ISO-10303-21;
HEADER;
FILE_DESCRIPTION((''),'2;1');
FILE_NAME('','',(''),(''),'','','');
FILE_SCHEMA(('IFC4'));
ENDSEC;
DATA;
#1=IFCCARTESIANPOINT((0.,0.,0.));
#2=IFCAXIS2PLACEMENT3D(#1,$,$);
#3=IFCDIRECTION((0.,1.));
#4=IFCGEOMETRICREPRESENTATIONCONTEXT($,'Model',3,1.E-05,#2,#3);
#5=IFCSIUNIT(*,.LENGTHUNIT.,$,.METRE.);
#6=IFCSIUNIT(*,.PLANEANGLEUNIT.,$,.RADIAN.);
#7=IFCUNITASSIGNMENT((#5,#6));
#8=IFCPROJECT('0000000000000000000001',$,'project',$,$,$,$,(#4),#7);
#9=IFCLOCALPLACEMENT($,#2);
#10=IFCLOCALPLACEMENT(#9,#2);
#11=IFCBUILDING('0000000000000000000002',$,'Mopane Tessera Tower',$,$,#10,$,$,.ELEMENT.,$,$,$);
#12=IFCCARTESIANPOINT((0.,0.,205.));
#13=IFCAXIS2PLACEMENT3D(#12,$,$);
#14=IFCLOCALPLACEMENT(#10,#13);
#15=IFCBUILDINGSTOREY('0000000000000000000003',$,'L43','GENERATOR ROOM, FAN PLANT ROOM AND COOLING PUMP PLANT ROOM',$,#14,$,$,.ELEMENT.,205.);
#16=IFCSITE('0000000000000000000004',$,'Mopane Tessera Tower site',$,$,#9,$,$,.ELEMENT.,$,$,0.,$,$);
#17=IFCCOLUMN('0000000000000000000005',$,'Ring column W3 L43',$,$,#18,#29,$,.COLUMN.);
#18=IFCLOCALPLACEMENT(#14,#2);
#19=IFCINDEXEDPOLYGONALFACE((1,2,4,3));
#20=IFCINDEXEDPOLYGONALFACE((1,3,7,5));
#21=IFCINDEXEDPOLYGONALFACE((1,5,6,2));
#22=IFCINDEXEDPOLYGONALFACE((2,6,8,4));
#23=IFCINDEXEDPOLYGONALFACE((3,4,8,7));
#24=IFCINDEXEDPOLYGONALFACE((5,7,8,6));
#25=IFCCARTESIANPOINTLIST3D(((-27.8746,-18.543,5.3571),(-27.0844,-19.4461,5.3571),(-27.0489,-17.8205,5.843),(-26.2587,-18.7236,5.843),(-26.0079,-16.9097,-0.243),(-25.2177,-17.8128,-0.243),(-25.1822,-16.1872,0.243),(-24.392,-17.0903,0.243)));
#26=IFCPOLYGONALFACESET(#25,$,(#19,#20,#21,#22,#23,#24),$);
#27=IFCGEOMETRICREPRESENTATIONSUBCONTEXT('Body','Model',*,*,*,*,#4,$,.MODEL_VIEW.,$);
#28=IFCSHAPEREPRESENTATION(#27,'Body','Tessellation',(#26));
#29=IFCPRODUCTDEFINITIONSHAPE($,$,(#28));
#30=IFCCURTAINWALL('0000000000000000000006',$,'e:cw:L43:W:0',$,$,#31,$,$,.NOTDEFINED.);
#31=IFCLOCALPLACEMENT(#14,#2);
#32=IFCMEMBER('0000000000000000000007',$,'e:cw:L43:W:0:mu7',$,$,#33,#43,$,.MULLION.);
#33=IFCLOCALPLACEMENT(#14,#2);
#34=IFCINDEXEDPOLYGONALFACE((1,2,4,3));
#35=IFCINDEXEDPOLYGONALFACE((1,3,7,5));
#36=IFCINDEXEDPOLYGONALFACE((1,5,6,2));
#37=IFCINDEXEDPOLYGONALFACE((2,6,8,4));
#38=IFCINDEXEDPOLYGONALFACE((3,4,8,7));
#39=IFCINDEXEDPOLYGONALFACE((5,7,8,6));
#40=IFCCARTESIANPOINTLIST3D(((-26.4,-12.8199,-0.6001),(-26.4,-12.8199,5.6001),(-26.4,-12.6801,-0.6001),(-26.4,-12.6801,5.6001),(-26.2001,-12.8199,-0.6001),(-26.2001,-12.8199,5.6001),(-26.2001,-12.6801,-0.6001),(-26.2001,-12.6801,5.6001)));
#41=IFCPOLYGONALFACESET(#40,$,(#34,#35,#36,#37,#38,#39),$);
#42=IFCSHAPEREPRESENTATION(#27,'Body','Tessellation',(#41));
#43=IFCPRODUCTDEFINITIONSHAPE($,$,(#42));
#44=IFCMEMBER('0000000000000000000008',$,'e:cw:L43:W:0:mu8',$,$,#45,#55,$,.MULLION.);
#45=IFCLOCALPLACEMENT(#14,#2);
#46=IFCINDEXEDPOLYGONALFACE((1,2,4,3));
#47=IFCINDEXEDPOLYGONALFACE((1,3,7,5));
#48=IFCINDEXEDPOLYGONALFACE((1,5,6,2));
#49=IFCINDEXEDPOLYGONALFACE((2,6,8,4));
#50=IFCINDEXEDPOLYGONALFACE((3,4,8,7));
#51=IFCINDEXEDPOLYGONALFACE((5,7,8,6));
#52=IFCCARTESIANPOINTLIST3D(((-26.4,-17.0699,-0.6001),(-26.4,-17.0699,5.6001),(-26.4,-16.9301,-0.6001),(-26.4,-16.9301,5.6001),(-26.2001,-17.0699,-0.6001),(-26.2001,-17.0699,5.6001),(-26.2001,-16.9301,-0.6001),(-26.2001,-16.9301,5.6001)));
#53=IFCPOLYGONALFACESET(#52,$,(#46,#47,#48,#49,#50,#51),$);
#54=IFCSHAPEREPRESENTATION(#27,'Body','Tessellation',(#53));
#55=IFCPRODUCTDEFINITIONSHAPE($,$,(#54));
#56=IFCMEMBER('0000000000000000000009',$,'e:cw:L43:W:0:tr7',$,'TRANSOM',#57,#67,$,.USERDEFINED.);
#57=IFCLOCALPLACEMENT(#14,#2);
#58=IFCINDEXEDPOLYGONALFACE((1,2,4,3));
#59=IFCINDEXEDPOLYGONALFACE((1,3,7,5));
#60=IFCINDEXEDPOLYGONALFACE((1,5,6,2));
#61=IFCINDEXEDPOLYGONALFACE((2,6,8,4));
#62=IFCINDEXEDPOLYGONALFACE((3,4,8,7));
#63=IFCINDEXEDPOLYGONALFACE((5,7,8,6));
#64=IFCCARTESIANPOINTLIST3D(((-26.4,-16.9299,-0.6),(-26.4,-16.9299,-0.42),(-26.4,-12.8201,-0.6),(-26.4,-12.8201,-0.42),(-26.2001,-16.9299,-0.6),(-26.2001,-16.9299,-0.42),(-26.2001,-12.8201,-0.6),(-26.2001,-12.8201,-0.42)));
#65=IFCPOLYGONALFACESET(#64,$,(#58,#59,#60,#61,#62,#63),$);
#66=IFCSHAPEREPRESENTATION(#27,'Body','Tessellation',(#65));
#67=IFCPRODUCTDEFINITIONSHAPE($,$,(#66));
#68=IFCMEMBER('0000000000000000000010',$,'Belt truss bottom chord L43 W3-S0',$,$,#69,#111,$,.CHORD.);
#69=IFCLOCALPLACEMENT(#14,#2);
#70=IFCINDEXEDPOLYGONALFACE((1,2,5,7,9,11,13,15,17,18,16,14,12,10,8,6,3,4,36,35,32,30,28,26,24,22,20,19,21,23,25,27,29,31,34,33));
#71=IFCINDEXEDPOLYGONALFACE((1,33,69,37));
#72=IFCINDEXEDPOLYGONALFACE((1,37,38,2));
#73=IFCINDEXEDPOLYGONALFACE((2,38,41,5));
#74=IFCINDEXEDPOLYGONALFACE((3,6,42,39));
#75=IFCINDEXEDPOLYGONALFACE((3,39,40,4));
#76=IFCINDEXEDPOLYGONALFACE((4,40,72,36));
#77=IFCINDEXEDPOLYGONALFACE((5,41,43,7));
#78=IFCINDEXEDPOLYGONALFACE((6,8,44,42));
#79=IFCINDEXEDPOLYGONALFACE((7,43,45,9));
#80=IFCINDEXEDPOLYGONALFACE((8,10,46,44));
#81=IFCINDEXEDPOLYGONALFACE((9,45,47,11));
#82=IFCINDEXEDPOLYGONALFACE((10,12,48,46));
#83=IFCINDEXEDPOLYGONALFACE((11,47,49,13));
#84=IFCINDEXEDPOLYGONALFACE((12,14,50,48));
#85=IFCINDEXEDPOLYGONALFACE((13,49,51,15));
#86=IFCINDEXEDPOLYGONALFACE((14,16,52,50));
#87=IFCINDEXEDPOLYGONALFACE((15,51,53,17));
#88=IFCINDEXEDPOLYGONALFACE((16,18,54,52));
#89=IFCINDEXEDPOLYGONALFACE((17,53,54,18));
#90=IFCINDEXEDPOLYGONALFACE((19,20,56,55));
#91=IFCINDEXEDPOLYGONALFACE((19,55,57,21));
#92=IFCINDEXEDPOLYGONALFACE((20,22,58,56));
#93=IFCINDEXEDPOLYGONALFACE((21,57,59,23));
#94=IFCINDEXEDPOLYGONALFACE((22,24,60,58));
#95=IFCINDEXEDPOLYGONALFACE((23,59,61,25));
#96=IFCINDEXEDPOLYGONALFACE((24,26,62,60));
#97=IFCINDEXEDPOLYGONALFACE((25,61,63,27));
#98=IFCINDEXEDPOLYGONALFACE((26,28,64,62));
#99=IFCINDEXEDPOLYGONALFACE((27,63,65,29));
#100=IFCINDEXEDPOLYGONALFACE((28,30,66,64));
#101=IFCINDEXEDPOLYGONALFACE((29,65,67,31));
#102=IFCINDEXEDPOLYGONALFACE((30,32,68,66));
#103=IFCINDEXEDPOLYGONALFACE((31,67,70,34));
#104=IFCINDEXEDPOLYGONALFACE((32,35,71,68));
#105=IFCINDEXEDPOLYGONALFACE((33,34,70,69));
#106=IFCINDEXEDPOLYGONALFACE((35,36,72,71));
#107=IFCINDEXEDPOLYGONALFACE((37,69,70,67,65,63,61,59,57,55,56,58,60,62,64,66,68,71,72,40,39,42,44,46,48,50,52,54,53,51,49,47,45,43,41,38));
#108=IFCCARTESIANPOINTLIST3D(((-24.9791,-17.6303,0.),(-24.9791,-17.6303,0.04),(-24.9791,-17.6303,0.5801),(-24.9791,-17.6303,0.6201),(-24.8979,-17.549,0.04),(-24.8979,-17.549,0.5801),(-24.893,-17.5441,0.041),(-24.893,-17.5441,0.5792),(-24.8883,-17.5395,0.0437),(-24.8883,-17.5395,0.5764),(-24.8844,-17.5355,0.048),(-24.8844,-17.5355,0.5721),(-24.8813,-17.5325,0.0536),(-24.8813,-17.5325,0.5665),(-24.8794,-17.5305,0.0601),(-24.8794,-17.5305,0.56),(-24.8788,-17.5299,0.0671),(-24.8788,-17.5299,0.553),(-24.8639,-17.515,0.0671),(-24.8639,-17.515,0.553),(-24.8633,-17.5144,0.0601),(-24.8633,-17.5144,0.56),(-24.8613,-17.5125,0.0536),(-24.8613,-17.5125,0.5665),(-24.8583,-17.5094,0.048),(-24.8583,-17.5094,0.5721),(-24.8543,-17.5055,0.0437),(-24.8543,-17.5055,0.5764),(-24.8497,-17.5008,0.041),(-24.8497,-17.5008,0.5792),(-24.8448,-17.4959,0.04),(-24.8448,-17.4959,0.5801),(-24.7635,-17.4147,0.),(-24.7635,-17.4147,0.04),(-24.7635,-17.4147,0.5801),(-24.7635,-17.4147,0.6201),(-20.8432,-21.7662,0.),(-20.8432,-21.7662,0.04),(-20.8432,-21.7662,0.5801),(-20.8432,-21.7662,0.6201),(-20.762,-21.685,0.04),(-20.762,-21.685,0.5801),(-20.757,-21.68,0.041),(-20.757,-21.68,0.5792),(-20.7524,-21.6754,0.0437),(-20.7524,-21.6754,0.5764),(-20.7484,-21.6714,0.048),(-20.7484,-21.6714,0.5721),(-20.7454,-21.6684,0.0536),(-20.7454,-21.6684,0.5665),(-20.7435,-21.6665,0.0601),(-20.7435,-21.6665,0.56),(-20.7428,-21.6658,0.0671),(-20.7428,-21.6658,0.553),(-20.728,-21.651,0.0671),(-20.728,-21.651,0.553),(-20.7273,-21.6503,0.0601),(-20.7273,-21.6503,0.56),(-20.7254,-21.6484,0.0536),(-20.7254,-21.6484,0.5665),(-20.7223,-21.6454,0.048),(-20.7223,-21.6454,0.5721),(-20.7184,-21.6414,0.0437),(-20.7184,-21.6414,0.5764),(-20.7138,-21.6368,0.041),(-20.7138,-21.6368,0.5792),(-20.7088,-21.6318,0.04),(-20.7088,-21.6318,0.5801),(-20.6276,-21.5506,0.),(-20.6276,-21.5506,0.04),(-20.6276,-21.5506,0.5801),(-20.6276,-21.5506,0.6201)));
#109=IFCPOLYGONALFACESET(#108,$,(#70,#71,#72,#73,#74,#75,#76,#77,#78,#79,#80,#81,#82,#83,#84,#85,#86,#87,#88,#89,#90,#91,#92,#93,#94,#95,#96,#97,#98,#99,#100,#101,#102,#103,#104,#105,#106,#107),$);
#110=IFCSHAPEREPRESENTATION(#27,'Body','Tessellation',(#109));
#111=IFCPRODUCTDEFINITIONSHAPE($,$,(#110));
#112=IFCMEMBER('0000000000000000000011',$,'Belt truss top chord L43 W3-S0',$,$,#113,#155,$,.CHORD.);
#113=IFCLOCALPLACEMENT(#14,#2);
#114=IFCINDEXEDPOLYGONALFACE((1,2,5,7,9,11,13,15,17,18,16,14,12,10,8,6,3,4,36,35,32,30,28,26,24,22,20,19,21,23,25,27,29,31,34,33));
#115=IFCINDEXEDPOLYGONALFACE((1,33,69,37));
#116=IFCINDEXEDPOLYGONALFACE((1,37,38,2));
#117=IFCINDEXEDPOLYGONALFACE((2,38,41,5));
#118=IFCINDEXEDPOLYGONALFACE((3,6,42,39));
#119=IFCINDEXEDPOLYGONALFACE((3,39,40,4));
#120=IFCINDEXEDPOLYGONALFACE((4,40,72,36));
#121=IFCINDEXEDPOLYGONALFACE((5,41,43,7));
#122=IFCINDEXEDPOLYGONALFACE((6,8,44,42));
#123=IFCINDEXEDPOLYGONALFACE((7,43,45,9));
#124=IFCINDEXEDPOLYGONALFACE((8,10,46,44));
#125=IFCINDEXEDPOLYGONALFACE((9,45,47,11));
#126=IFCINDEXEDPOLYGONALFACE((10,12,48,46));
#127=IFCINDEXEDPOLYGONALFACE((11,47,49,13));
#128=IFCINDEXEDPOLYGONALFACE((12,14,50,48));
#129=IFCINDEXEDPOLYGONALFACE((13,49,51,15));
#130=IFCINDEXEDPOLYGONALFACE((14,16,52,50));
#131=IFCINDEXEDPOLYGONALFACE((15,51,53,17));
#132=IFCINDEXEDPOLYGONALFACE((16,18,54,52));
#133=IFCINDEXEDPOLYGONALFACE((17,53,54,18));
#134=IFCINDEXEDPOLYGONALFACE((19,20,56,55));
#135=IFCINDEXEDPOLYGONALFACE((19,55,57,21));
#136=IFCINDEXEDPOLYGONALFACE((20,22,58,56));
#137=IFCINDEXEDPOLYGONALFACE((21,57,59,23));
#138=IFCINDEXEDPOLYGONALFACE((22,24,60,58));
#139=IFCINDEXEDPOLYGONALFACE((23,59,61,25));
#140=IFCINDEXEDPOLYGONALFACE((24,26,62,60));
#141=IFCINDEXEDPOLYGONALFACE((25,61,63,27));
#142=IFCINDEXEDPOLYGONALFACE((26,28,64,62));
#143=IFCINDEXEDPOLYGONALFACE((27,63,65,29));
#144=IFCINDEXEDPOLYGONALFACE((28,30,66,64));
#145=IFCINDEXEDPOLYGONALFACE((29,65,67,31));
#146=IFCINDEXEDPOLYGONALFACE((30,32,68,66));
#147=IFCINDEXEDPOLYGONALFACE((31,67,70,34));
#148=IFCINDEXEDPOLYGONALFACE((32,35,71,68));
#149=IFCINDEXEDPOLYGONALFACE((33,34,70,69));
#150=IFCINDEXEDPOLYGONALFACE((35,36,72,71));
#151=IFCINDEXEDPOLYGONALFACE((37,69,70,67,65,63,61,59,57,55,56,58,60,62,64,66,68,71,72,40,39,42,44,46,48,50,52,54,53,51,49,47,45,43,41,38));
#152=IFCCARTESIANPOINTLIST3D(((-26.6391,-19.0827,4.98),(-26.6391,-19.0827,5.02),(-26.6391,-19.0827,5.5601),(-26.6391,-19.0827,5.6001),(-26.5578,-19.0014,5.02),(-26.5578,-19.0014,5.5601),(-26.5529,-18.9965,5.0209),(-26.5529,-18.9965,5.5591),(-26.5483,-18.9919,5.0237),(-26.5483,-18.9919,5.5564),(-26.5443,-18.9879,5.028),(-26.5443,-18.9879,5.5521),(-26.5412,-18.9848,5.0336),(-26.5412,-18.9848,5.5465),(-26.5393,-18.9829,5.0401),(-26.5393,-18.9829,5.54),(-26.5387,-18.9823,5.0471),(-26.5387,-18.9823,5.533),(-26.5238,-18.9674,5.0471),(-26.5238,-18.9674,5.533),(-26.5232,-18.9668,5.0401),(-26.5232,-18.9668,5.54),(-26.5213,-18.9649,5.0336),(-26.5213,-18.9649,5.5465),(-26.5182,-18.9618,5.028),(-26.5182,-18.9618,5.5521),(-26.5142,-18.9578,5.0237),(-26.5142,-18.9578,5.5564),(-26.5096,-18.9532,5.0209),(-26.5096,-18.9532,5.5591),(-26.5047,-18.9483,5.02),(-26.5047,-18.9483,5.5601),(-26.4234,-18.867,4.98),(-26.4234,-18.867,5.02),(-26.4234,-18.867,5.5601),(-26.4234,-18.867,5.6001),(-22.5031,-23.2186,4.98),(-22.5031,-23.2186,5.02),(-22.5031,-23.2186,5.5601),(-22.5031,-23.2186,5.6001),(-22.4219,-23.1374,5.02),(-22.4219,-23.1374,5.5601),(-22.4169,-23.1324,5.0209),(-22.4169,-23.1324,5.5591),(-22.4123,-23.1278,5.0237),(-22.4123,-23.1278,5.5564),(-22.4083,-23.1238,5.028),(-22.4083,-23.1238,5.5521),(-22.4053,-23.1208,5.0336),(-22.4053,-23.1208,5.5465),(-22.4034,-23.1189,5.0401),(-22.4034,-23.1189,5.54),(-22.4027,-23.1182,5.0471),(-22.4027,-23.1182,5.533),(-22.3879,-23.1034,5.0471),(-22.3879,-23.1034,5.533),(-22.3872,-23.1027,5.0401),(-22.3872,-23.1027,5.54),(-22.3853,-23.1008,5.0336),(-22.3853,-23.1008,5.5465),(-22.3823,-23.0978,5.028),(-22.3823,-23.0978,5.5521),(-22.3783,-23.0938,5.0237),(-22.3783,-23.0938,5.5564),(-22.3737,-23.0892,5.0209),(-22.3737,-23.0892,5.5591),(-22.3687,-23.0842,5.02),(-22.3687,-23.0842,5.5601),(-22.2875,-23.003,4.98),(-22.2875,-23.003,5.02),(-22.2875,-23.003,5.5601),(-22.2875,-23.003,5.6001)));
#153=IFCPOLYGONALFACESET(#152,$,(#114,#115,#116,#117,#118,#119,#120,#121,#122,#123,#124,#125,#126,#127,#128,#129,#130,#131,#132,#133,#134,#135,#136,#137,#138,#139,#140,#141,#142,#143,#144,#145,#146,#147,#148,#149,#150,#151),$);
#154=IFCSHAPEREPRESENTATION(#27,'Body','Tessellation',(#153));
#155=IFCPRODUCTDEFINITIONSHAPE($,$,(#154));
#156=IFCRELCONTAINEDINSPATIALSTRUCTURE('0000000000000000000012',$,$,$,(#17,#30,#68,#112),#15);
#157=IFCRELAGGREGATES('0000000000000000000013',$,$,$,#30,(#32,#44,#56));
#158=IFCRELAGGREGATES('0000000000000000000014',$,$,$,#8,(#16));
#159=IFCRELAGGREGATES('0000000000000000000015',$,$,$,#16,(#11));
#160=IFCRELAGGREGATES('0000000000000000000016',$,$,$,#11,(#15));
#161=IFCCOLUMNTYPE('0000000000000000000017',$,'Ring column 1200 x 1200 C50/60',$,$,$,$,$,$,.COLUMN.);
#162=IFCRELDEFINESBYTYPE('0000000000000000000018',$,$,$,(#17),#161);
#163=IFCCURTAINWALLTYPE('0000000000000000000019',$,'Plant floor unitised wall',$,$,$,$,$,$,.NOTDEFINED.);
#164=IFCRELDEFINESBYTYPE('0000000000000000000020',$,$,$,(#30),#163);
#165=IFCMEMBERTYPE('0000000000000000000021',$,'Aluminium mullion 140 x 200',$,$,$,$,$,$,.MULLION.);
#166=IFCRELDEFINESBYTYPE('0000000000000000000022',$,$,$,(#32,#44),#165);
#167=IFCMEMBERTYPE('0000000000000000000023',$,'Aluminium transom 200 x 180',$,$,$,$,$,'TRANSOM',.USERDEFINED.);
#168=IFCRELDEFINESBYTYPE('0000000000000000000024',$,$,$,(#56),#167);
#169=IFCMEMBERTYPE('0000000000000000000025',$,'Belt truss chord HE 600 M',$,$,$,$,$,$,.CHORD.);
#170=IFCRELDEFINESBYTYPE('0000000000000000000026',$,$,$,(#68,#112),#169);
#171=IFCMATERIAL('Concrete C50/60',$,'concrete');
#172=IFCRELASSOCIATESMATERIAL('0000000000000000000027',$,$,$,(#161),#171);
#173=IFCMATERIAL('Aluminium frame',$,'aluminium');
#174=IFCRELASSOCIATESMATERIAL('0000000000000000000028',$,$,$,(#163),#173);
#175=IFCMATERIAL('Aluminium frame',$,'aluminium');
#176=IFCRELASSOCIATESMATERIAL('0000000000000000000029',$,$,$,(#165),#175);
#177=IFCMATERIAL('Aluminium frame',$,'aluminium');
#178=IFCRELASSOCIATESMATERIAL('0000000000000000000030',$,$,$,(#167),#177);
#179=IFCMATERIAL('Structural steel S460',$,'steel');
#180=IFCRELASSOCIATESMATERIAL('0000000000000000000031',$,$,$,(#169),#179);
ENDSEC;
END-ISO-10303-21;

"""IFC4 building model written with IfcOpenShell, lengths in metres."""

from ifc_helpers import new_model, si_unit, direction, frame, origin, origin_2d, place, context, subcontext, project, spatial, rectangle, i_section, extrude, material, material_profile, profile_set, type_object, element, aggregate, save


model = new_model("IFC4")

# Units and contexts
model_context = context("Model", 3, precision=1e-05, world=origin(), true_north=direction((0.0, 1.0)))
body_context = subcontext(model_context, "Body", "Model", "MODEL_VIEW")
ifc_project = project(units=[si_unit("LENGTHUNIT", "METRE"), si_unit("PLANEANGLEUNIT", "RADIAN")], contexts=[model_context])

# Site, building, storey
site_placement = place(None, origin())
site = spatial("IfcSite", under=ifc_project, at=site_placement, Name="Mopane Tessera Tower site", CompositionType="ELEMENT", RefElevation=0.0)
building_placement = place(site_placement, origin())
building = spatial("IfcBuilding", under=site, at=building_placement, Name="Mopane Tessera Tower", CompositionType="ELEMENT")
storey_placement = place(building_placement, frame((0.0, 0.0, 205.0)))
storey = spatial("IfcBuildingStorey", under=building, at=storey_placement, Name="L43", Description="GENERATOR ROOM, FAN PLANT ROOM AND COOLING PUMP PLANT ROOM", CompositionType="ELEMENT", Elevation=205.0)

# Column
ifc_material_1 = material(Name="Concrete C50/60", Category="concrete")
ifc_material_profile_1 = material_profile(ifc_material_1, rectangle(XDim=1.2, YDim=1.2, at=origin_2d()))
ifc_profile_set_1 = profile_set([ifc_material_profile_1], Name="Concrete C50/60")
column_type = type_object("IfcColumnType", Name="Ring column 1200 x 1200 C50/60", PredefinedType="COLUMN", material=ifc_profile_set_1)
column_placement = place(storey_placement, frame((-25.2, -17.0, 0.0), z_axis=(-0.304777, -0.26667, 0.91433), x_axis=(0.658491, -0.752589, 0.0)))
element("IfcColumn", 1, at=column_placement, inside=storey, type_object=column_type, Name="Ring column W3 L43", PredefinedType="COLUMN", context=body_context, shape_type="SweptSolid", body=[
    extrude(rectangle(XDim=1.2, YDim=1.2, at=origin_2d()), origin(), (0.0, 0.0, 1.0), 6.1248),
])

# Curtain wall, members
ifc_material_2 = material(Name="Aluminium frame", Category="aluminium")
curtain_wall_type = type_object("IfcCurtainWallType", Name="Plant floor unitised wall", PredefinedType="NOTDEFINED", material=ifc_material_2)
curtain_wall_placement = place(storey_placement, origin())
curtain_wall = element("IfcCurtainWall", 2, at=curtain_wall_placement, inside=storey, type_object=curtain_wall_type, Name="e:cw:L43:W:0", PredefinedType="NOTDEFINED")
ifc_material_3 = material(Name="Aluminium frame", Category="aluminium")
ifc_material_profile_2 = material_profile(ifc_material_3, rectangle(XDim=0.1399, YDim=0.2, at=origin_2d()))
ifc_profile_set_2 = profile_set([ifc_material_profile_2], Name="Aluminium frame")
member_type_1 = type_object("IfcMemberType", Name="Aluminium mullion 140 x 200", PredefinedType="MULLION", material=ifc_profile_set_2)
member_1_placement = place(storey_placement, frame((-26.3, -12.75, -0.6001), z_axis=(0.0, 0.0, 1.0), x_axis=(0.0, -1.0, 0.0)))
member_1 = element("IfcMember", 3, at=member_1_placement, type_object=member_type_1, Name="e:cw:L43:W:0:mu7", PredefinedType="MULLION", context=body_context, shape_type="SweptSolid", body=[
    extrude(rectangle(XDim=0.1399, YDim=0.2, at=origin_2d()), origin(), (0.0, 0.0, 1.0), 6.2002),
])
member_2_placement = place(storey_placement, frame((-26.3, -17.0, -0.6001), z_axis=(0.0, 0.0, 1.0), x_axis=(0.0, -1.0, 0.0)))
member_2 = element("IfcMember", 4, at=member_2_placement, type_object=member_type_1, Name="e:cw:L43:W:0:mu8", PredefinedType="MULLION", context=body_context, shape_type="SweptSolid", body=[
    extrude(rectangle(XDim=0.1399, YDim=0.2, at=origin_2d()), origin(), (0.0, 0.0, 1.0), 6.2002),
])
ifc_material_4 = material(Name="Aluminium frame", Category="aluminium")
ifc_material_profile_3 = material_profile(ifc_material_4, rectangle(XDim=0.2, YDim=0.1799, at=origin_2d()))
ifc_profile_set_3 = profile_set([ifc_material_profile_3], Name="Aluminium frame")
member_type_2 = type_object("IfcMemberType", Name="Aluminium transom 200 x 180", ElementType="TRANSOM", PredefinedType="USERDEFINED", material=ifc_profile_set_3)
member_3_placement = place(storey_placement, frame((-26.3, -12.8201, -0.51), z_axis=(0.0, -1.0, 0.0), x_axis=(1.0, 0.0, 0.0)))
member_3 = element("IfcMember", 5, at=member_3_placement, type_object=member_type_2, Name="e:cw:L43:W:0:tr7", ObjectType="TRANSOM", PredefinedType="USERDEFINED", context=body_context, shape_type="SweptSolid", body=[
    extrude(rectangle(XDim=0.2, YDim=0.1799, at=origin_2d()), origin(), (0.0, 0.0, 1.0), 4.1099),
])

# Members
ifc_material_5 = material(Name="Structural steel S460", Category="steel")
ifc_material_profile_4 = material_profile(ifc_material_5, i_section(OverallWidth=0.3049, OverallDepth=0.6201, WebThickness=0.021, FlangeThickness=0.04, FilletRadius=0.0271, at=origin_2d()))
ifc_profile_set_4 = profile_set([ifc_material_profile_4], Name="Structural steel S460")
member_type_3 = type_object("IfcMemberType", Name="Belt truss chord HE 600 M", PredefinedType="CHORD", material=ifc_profile_set_4)
for number, where, z_axis, x_axis, name in (
    (6, (-24.8713, -17.5225, 0.3101), (0.707107, -0.707107, 0.0), (0.707107, 0.707107, 0.0), "Belt truss bottom chord L43 W3-S0"),
    (7, (-26.5312, -18.9749, 5.29), (0.707107, -0.707107, 0.0), (0.707107, 0.707107, 0.0), "Belt truss top chord L43 W3-S0"),
):
    element("IfcMember", number, at=place(storey_placement, frame(where, z_axis=z_axis, x_axis=x_axis)), inside=storey, type_object=member_type_3, Name=name, PredefinedType="CHORD", context=body_context, shape_type="SweptSolid", body=[
        extrude(i_section(OverallWidth=0.3049, OverallDepth=0.6201, WebThickness=0.021, FlangeThickness=0.04, FilletRadius=0.0271, at=origin_2d()), origin(), (0.0, 0.0, 1.0), 5.8491),
    ])

aggregate(curtain_wall, [member_1, member_2, member_3])

save(model, "model.ifc")
